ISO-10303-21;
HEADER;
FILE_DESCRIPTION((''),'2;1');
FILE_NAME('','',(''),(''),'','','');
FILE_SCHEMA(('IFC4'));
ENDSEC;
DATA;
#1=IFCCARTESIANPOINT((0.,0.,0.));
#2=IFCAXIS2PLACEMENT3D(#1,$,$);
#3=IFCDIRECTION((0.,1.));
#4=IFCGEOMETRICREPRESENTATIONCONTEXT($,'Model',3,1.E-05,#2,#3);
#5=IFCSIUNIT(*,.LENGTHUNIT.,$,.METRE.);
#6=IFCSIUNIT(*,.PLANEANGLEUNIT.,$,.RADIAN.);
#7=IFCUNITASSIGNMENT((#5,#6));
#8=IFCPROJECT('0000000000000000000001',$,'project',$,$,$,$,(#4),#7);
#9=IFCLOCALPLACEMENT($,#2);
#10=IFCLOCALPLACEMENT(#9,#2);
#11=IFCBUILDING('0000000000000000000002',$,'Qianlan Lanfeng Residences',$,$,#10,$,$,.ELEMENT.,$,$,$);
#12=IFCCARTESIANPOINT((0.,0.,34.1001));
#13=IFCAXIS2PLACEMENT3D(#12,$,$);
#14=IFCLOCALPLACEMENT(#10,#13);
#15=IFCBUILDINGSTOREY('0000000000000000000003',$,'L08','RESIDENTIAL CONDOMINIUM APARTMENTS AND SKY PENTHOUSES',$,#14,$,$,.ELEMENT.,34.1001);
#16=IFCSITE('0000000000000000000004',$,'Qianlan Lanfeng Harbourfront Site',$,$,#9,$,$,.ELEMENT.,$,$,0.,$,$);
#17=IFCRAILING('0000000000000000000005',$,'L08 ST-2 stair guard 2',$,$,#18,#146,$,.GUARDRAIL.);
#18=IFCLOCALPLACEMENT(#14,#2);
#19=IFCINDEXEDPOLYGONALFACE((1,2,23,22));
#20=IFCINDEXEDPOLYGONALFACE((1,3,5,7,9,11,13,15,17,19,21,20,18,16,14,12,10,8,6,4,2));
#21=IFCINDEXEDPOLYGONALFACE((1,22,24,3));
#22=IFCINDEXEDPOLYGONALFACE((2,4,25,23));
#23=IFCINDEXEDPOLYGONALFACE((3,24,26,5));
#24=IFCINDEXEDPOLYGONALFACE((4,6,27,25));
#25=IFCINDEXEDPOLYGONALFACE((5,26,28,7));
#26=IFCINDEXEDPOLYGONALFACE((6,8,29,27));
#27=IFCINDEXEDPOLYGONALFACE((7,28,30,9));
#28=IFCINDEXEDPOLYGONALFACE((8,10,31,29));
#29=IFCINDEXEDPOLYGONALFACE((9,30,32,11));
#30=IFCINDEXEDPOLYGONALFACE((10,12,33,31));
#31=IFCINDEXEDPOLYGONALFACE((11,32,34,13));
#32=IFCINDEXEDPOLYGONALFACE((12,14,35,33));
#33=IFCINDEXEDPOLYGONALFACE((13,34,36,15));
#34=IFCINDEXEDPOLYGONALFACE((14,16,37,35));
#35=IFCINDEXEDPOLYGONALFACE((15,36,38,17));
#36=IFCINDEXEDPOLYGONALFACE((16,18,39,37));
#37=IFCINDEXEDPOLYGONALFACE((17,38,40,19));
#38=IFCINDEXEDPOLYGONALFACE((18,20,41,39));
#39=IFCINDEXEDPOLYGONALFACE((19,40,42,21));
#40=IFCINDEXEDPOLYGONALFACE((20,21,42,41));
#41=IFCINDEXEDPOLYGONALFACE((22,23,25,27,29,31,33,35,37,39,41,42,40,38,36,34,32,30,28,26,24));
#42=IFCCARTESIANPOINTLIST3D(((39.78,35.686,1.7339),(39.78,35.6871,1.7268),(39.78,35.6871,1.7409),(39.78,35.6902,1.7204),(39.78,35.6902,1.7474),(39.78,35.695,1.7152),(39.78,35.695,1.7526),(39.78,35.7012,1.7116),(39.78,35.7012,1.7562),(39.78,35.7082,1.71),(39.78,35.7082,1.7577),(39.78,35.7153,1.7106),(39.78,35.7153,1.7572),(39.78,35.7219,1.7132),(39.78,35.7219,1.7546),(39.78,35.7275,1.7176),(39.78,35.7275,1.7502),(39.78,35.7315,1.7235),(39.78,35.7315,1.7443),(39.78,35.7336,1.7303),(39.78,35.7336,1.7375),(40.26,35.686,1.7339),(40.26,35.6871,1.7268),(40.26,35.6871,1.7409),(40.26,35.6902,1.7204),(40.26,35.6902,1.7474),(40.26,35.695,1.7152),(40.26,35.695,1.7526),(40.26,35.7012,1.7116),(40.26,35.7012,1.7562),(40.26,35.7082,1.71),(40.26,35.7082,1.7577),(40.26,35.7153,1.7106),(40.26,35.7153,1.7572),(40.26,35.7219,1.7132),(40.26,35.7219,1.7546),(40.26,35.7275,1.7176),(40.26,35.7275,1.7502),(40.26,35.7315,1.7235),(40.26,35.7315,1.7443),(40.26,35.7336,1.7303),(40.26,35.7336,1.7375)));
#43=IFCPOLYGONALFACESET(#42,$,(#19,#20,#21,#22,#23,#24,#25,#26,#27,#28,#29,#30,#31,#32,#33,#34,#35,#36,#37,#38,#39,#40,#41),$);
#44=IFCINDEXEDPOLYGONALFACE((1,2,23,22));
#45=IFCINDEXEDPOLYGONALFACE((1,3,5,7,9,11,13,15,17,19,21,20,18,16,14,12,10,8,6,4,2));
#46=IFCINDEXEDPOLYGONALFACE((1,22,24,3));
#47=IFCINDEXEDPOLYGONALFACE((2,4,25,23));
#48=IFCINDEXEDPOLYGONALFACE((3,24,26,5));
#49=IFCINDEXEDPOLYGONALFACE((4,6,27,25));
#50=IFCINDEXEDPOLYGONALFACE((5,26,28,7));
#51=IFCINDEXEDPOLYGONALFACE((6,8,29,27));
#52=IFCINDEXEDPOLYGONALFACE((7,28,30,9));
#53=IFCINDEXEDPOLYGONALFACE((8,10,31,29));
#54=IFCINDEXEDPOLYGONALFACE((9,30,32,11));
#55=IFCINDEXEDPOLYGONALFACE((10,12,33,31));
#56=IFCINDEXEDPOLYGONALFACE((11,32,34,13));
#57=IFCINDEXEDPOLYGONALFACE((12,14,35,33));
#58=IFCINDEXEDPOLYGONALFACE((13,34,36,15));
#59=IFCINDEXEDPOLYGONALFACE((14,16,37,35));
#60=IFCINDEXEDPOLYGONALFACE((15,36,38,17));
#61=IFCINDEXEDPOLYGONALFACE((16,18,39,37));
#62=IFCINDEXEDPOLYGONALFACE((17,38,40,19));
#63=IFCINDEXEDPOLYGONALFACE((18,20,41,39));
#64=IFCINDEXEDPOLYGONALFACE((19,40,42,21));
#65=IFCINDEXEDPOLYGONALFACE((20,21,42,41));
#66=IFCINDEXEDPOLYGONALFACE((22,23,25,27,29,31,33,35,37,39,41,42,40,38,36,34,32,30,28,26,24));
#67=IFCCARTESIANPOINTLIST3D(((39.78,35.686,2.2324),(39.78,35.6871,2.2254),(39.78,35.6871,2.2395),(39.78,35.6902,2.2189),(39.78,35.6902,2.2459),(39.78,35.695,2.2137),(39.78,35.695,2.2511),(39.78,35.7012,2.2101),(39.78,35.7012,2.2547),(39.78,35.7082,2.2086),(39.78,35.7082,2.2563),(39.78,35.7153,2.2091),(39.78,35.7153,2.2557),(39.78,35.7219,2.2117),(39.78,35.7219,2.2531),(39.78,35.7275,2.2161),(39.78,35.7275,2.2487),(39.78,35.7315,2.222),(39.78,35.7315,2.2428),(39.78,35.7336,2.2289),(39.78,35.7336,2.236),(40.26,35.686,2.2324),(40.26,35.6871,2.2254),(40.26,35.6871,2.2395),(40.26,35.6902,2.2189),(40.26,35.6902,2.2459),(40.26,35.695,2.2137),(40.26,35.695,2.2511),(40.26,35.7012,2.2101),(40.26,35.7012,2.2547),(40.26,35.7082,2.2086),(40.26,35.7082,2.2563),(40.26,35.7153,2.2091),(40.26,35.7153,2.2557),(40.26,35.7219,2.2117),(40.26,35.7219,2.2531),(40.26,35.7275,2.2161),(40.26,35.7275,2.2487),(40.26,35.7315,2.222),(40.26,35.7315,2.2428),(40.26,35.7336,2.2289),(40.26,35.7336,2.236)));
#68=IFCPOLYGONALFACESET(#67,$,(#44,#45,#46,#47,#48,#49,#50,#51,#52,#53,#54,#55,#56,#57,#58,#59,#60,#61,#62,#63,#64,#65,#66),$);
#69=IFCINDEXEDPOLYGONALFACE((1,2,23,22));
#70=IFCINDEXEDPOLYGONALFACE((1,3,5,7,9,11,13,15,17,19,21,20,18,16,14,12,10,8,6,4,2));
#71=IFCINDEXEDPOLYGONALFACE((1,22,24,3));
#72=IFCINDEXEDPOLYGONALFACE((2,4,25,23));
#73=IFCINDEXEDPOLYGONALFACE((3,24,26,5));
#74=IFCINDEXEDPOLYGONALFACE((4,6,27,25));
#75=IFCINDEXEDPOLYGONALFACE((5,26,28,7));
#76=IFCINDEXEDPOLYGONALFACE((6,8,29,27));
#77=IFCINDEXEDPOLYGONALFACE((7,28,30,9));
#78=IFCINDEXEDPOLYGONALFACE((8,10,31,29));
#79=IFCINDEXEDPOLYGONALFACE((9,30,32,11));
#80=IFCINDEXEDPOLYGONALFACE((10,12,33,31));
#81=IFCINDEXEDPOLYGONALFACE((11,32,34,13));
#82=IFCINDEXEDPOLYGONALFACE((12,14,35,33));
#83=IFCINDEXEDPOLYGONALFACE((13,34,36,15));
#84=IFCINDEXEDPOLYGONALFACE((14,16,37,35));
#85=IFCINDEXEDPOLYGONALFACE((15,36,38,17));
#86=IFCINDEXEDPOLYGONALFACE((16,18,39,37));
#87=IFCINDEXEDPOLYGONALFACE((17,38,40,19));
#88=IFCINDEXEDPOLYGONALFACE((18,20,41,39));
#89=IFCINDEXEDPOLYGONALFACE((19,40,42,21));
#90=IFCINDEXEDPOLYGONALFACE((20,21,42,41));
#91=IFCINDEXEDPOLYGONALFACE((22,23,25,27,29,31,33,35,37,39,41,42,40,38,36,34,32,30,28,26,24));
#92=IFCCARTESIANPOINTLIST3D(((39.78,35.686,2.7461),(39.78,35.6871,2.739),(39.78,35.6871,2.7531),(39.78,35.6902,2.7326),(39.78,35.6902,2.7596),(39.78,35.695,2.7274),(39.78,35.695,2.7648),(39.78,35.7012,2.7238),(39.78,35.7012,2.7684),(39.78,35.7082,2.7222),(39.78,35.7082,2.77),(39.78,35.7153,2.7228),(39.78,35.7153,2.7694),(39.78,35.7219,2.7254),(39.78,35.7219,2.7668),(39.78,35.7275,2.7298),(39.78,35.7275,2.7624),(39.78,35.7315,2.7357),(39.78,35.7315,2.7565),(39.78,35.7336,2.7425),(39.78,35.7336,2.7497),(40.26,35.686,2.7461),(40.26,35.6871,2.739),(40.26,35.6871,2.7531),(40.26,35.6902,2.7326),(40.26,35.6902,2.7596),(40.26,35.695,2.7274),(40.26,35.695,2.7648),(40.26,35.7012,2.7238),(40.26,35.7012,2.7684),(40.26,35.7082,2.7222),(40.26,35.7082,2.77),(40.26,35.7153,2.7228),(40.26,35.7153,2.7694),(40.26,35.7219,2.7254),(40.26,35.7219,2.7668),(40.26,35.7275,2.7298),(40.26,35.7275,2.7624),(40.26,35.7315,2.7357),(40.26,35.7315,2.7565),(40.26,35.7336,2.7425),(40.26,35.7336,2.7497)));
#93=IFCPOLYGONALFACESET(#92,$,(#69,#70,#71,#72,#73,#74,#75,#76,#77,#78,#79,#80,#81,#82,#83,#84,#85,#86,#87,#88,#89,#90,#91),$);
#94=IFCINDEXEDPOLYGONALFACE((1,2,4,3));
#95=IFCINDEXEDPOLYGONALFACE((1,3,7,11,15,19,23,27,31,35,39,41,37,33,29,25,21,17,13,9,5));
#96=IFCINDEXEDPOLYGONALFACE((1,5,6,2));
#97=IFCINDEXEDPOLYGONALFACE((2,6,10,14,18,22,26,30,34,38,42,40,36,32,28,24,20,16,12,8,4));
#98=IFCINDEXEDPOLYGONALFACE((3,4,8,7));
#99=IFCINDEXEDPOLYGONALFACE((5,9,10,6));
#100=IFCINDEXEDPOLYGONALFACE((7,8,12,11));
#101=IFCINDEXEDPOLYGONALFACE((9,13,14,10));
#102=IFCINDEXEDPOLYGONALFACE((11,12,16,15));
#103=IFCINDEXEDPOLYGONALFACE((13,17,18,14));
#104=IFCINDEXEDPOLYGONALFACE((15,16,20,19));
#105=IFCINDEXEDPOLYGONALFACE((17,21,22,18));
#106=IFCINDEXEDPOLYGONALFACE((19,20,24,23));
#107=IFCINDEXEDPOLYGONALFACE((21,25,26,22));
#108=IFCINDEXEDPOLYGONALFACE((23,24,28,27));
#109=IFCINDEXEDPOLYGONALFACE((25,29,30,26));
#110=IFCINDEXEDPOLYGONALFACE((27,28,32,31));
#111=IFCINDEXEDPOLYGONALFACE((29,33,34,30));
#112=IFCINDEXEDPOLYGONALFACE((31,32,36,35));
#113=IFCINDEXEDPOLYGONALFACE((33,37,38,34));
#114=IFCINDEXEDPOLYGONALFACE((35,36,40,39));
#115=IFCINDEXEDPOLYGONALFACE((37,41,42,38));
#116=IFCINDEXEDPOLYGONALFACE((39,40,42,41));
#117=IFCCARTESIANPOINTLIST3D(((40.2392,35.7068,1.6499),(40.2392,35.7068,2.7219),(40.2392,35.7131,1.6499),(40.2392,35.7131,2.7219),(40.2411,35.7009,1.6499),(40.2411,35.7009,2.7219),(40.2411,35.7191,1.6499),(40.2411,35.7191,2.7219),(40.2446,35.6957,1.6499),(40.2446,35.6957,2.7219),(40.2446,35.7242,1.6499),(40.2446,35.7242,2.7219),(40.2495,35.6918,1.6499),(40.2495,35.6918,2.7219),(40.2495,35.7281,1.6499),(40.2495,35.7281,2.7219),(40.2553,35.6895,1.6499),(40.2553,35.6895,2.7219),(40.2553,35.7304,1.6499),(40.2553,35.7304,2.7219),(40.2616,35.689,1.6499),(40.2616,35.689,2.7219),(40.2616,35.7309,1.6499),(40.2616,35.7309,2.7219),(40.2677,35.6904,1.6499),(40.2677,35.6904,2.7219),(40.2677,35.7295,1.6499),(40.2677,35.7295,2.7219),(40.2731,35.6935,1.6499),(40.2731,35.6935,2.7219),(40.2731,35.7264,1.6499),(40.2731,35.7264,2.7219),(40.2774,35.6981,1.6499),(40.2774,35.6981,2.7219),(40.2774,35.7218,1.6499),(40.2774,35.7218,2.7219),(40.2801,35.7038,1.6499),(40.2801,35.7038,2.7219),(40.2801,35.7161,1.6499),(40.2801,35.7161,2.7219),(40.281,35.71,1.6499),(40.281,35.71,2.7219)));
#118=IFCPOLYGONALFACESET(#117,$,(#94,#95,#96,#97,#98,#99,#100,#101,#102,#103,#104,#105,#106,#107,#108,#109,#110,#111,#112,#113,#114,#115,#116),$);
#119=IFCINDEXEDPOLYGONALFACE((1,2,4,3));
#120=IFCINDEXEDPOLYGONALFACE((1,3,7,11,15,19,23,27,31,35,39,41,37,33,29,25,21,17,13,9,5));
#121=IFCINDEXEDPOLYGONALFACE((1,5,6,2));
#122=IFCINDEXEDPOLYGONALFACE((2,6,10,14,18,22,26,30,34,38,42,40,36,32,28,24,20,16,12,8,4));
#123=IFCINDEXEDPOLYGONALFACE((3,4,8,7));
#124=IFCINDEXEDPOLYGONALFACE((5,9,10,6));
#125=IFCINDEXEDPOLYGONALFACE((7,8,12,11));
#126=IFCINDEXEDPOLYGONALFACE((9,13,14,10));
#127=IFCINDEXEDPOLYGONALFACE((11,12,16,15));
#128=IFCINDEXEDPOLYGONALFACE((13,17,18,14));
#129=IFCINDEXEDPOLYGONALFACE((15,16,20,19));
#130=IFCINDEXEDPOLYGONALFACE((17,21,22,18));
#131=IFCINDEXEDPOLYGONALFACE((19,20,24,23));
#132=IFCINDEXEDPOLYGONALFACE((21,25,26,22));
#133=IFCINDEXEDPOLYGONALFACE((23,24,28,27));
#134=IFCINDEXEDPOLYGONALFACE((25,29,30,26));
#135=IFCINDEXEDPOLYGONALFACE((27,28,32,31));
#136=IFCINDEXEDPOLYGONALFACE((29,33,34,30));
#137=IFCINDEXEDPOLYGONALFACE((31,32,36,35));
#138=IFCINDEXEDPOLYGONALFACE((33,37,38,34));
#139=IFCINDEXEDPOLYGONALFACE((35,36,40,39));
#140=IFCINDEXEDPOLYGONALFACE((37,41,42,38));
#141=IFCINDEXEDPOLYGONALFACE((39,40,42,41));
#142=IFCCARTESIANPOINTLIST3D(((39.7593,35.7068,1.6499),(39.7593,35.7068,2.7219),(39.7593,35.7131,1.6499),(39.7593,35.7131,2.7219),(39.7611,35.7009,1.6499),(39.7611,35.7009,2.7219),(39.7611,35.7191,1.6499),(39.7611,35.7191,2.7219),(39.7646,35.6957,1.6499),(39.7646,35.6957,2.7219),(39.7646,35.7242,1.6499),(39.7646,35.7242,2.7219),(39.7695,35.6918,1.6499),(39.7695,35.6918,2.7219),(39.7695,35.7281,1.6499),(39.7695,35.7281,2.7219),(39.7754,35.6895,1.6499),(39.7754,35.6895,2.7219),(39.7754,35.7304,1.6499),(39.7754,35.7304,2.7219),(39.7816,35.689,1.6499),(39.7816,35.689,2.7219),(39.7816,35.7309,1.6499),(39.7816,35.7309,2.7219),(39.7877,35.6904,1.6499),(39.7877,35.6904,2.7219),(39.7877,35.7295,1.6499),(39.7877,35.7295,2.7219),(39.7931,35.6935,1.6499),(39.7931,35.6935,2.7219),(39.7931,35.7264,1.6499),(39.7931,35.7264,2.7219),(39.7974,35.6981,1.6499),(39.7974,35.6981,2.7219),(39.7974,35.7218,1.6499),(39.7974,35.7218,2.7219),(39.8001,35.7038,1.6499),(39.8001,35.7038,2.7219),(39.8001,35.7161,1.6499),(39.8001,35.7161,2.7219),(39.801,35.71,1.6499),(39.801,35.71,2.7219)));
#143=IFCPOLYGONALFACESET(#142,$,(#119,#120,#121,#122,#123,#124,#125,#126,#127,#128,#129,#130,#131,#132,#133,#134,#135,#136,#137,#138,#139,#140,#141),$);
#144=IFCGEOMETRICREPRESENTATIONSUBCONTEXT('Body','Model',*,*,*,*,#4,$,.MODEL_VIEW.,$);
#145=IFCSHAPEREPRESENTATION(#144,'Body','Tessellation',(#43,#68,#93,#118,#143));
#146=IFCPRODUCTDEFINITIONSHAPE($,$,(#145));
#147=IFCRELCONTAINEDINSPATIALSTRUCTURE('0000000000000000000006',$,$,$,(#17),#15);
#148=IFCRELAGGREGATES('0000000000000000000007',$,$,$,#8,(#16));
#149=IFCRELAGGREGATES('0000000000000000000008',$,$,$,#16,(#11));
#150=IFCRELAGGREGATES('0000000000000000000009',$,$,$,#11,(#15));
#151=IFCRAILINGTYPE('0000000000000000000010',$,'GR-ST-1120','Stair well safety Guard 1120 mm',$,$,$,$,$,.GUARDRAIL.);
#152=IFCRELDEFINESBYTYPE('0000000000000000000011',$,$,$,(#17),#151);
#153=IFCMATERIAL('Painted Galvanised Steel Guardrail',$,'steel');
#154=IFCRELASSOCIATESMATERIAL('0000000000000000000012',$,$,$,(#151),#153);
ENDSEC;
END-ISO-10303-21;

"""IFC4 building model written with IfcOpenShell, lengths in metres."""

from ifc_helpers import new_model, si_unit, direction, frame, origin, origin_2d, place, context, subcontext, project, spatial, circle, extrude, material, type_object, element, save


model = new_model("IFC4")

# Units and contexts
model_context = context("Model", 3, precision=1e-05, world=origin(), true_north=direction((0.0, 1.0)))
body_context = subcontext(model_context, "Body", "Model", "MODEL_VIEW")
ifc_project = project(units=[si_unit("LENGTHUNIT", "METRE"), si_unit("PLANEANGLEUNIT", "RADIAN")], contexts=[model_context])

# Site, building, storey
site_placement = place(None, origin())
site = spatial("IfcSite", under=ifc_project, at=site_placement, Name="Qianlan Lanfeng Harbourfront Site", CompositionType="ELEMENT", RefElevation=0.0)
building_placement = place(site_placement, origin())
building = spatial("IfcBuilding", under=site, at=building_placement, Name="Qianlan Lanfeng Residences", CompositionType="ELEMENT")
storey_placement = place(building_placement, frame((0.0, 0.0, 34.1001)))
storey = spatial("IfcBuildingStorey", under=building, at=storey_placement, Name="L08", Description="RESIDENTIAL CONDOMINIUM APARTMENTS AND SKY PENTHOUSES", CompositionType="ELEMENT", Elevation=34.1001)

# Railing
ifc_material_1 = material(Name="Painted Galvanised Steel Guardrail", Category="steel")
railing_type_1 = type_object("IfcRailingType", Name="GR-ST-1120", Description="Stair well safety Guard 1120 mm", PredefinedType="GUARDRAIL", material=ifc_material_1)
railing_1_placement = place(storey_placement, frame((40.26, 35.71, 1.6499)))
element("IfcRailing", 1, at=railing_1_placement, inside=storey, type_object=railing_type_1, Name="L08 ST-2 stair guard 2", PredefinedType="GUARDRAIL", context=body_context, shape_type="SweptSolid", body=[
    extrude(circle(Radius=0.0239, at=origin_2d()), frame((0.0, 0.0, 0.084), z_axis=(-1.0, 0.0, 0.0), x_axis=(0.0, -1.0, 0.0)), (0.0, 0.0, 1.0), 0.48),
    extrude(circle(Radius=0.0239, at=origin_2d()), frame((0.0, 0.0, 0.5825), z_axis=(-1.0, 0.0, 0.0), x_axis=(0.0, -1.0, 0.0)), (0.0, 0.0, 1.0), 0.48),
    extrude(circle(Radius=0.0239, at=origin_2d()), frame((0.0, 0.0, 1.0962), z_axis=(-1.0, 0.0, 0.0), x_axis=(0.0, -1.0, 0.0)), (0.0, 0.0, 1.0), 0.48),
    extrude(circle(Radius=0.021, at=origin_2d()), origin(), (0.0, 0.0, 1.0), 1.072),
    extrude(circle(Radius=0.021, at=origin_2d()), frame((-0.48, 0.0, 0.0)), (0.0, 0.0, 1.0), 1.072),
])

save(model, "model.ifc")
